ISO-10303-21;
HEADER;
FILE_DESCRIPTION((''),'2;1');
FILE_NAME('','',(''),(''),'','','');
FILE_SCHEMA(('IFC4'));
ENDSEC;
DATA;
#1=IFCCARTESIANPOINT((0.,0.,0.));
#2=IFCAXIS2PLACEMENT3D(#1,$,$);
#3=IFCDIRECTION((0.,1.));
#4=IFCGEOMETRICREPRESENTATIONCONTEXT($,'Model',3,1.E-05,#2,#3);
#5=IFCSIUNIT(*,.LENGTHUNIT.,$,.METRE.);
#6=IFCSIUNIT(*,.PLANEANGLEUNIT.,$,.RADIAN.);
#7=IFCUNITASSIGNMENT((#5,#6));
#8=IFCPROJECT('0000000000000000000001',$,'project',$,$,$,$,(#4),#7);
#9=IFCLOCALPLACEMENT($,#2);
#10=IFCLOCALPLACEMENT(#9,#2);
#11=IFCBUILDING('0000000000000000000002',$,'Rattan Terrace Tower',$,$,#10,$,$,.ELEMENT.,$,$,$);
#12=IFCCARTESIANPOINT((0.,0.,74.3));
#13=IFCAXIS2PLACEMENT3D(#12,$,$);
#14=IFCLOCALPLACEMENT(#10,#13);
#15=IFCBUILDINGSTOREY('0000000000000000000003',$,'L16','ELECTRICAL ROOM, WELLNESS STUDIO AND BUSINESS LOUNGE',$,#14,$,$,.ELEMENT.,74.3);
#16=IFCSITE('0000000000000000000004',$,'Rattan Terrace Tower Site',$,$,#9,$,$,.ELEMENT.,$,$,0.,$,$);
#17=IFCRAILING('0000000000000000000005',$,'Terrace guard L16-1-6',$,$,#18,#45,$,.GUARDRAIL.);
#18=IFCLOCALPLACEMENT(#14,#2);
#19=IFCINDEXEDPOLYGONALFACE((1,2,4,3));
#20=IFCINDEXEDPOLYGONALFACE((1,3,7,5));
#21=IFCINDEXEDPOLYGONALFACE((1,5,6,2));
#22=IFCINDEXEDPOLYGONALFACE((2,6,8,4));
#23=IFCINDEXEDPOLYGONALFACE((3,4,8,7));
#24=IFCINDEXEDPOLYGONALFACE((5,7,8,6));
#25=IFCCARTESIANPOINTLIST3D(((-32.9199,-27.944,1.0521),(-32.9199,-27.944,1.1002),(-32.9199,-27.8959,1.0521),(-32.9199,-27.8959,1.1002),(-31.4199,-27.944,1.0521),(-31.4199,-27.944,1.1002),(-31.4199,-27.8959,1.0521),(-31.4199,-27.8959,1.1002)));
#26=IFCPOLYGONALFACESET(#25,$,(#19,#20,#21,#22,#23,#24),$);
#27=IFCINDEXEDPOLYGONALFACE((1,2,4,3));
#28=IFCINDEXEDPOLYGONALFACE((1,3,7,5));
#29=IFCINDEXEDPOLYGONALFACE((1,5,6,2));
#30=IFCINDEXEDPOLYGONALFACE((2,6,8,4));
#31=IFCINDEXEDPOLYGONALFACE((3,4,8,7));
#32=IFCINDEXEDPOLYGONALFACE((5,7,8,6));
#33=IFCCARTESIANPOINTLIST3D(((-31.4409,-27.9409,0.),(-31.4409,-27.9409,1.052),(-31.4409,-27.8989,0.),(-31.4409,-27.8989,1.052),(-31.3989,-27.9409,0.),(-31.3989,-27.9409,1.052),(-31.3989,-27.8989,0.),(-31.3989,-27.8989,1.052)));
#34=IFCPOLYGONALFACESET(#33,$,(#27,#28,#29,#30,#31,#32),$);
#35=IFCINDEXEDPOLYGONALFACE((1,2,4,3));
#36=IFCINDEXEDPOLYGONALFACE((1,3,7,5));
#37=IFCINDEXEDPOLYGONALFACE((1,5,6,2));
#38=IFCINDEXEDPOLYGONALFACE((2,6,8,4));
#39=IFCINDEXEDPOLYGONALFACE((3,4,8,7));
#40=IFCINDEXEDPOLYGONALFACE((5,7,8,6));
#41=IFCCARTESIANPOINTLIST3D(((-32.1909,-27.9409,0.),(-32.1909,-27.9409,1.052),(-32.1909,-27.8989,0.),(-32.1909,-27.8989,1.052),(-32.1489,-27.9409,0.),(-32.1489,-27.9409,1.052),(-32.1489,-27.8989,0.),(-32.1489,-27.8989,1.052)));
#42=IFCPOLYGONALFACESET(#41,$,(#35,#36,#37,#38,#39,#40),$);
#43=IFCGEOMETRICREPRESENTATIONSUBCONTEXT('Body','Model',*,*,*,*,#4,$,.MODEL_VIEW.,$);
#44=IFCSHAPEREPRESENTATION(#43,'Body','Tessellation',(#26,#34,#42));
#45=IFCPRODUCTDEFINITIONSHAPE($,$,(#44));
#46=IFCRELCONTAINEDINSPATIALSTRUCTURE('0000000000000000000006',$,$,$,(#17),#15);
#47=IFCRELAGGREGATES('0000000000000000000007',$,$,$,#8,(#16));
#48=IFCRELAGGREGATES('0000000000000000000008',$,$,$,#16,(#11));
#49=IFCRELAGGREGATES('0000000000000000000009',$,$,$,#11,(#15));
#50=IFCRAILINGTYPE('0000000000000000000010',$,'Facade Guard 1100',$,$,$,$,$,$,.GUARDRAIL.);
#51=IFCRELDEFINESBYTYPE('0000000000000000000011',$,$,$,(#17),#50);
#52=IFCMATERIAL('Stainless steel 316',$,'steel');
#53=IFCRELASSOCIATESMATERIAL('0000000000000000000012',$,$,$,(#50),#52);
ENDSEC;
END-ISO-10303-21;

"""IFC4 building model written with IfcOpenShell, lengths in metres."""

from ifc_helpers import new_model, si_unit, direction, frame, origin, origin_2d, place, context, subcontext, project, spatial, rectangle, extrude, material, type_object, element, save


model = new_model("IFC4")

# Units and contexts
model_context = context("Model", 3, precision=1e-05, world=origin(), true_north=direction((0.0, 1.0)))
body_context = subcontext(model_context, "Body", "Model", "MODEL_VIEW")
ifc_project = project(units=[si_unit("LENGTHUNIT", "METRE"), si_unit("PLANEANGLEUNIT", "RADIAN")], contexts=[model_context])

# Site, building, storey
site_placement = place(None, origin())
site = spatial("IfcSite", under=ifc_project, at=site_placement, Name="Rattan Terrace Tower Site", CompositionType="ELEMENT", RefElevation=0.0)
building_placement = place(site_placement, origin())
building = spatial("IfcBuilding", under=site, at=building_placement, Name="Rattan Terrace Tower", CompositionType="ELEMENT")
storey_placement = place(building_placement, frame((0.0, 0.0, 74.3)))
storey = spatial("IfcBuildingStorey", under=building, at=storey_placement, Name="L16", Description="ELECTRICAL ROOM, WELLNESS STUDIO AND BUSINESS LOUNGE", CompositionType="ELEMENT", Elevation=74.3)

# Railing
ifc_material_1 = material(Name="Stainless steel 316", Category="steel")
railing_type = type_object("IfcRailingType", Name="Facade Guard 1100", PredefinedType="GUARDRAIL", material=ifc_material_1)
railing_1_placement = place(storey_placement, frame((-31.4199, -27.9199, 0.0)))
element("IfcRailing", 1, at=railing_1_placement, inside=storey, type_object=railing_type, Name="Terrace guard L16-1-6", PredefinedType="GUARDRAIL", context=body_context, shape_type="SweptSolid", body=[
    extrude(rectangle(XDim=0.0481, YDim=0.0481, at=origin_2d()), frame((0.0, 0.0, 1.0762), z_axis=(-1.0, 0.0, 0.0), x_axis=(0.0, -1.0, 0.0)), (0.0, 0.0, 1.0), 1.5),
    extrude(rectangle(XDim=0.042, YDim=0.042, at=origin_2d()), origin(), (0.0, 0.0, 1.0), 1.052),
    extrude(rectangle(XDim=0.042, YDim=0.042, at=origin_2d()), frame((-0.75, 0.0, 0.0)), (0.0, 0.0, 1.0), 1.052),
])

save(model, "model.ifc")
